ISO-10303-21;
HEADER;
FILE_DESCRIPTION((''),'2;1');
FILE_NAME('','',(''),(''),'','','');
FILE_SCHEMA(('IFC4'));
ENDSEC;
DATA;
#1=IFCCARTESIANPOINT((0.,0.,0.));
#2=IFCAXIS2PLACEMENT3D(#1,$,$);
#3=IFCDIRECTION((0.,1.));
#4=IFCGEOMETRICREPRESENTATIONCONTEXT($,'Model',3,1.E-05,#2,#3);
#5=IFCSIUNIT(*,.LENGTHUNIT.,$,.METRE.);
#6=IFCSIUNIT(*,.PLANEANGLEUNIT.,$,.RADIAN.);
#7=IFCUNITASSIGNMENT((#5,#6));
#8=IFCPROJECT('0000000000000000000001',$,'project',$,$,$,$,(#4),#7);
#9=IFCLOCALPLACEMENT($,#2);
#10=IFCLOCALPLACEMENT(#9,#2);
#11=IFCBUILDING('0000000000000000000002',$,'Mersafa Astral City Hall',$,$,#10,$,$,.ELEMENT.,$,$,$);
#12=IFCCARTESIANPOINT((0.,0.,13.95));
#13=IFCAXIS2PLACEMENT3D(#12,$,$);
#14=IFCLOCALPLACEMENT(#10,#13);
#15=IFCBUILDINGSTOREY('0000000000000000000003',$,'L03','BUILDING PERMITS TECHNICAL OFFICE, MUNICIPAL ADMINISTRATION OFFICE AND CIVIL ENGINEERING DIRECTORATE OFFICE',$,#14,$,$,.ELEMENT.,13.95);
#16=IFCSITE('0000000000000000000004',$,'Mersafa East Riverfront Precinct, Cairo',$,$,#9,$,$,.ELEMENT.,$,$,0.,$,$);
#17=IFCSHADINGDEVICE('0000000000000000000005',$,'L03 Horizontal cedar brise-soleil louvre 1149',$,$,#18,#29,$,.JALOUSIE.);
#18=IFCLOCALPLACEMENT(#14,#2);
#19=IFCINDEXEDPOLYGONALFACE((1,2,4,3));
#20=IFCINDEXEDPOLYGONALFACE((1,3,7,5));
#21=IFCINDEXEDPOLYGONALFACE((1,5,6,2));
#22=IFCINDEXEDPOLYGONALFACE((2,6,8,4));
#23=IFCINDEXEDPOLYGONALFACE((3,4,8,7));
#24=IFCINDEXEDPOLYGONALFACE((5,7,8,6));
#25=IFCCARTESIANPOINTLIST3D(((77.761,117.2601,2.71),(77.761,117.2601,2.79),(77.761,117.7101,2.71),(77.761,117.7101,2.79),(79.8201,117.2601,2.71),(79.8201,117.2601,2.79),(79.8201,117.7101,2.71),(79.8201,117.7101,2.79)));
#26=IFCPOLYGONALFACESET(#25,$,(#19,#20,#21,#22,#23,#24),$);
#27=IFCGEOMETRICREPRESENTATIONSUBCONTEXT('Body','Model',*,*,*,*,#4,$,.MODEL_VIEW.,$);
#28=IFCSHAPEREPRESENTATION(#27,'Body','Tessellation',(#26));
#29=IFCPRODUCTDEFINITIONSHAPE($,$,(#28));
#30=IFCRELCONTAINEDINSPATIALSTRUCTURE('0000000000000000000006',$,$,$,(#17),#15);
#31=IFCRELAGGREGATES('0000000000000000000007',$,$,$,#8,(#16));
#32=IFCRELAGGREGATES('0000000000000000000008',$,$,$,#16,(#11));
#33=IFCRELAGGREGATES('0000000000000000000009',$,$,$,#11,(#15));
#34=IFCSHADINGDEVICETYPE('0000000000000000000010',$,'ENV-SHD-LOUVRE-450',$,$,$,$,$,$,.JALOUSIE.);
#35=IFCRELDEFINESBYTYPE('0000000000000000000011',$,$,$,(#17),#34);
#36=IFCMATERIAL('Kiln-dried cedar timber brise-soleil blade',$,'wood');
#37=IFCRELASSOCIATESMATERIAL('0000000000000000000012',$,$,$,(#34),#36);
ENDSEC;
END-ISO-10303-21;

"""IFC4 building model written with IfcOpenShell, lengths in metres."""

from ifc_helpers import new_model, si_unit, direction, frame, origin, origin_2d, place, context, subcontext, project, spatial, rectangle, extrude, material, type_object, element, save


model = new_model("IFC4")

# Units and contexts
model_context = context("Model", 3, precision=1e-05, world=origin(), true_north=direction((0.0, 1.0)))
body_context = subcontext(model_context, "Body", "Model", "MODEL_VIEW")
ifc_project = project(units=[si_unit("LENGTHUNIT", "METRE"), si_unit("PLANEANGLEUNIT", "RADIAN")], contexts=[model_context])

# Site, building, storey
site_placement = place(None, origin())
site = spatial("IfcSite", under=ifc_project, at=site_placement, Name="Mersafa East Riverfront Precinct, Cairo", CompositionType="ELEMENT", RefElevation=0.0)
building_placement = place(site_placement, origin())
building = spatial("IfcBuilding", under=site, at=building_placement, Name="Mersafa Astral City Hall", CompositionType="ELEMENT")
storey_placement = place(building_placement, frame((0.0, 0.0, 13.95)))
storey = spatial("IfcBuildingStorey", under=building, at=storey_placement, Name="L03", Description="BUILDING PERMITS TECHNICAL OFFICE, MUNICIPAL ADMINISTRATION OFFICE AND CIVIL ENGINEERING DIRECTORATE OFFICE", CompositionType="ELEMENT", Elevation=13.95)

# Shading device
ifc_material_1 = material(Name="Kiln-dried cedar timber brise-soleil blade", Category="wood")
shading_device_type = type_object("IfcShadingDeviceType", Name="ENV-SHD-LOUVRE-450", PredefinedType="JALOUSIE", material=ifc_material_1)
shading_device_1_placement = place(storey_placement, frame((78.7905, 117.4851, 2.71), z_axis=(0.0, 0.0, 1.0), x_axis=(1.0, 0.0, 0.0)))
element("IfcShadingDevice", 1, at=shading_device_1_placement, inside=storey, type_object=shading_device_type, Name="L03 Horizontal cedar brise-soleil louvre 1149", PredefinedType="JALOUSIE", context=body_context, shape_type="SweptSolid", body=[
    extrude(rectangle(XDim=2.0591, YDim=0.45, at=origin_2d()), origin(), (0.0, 0.0, 1.0), 0.0801),
])

save(model, "model.ifc")
